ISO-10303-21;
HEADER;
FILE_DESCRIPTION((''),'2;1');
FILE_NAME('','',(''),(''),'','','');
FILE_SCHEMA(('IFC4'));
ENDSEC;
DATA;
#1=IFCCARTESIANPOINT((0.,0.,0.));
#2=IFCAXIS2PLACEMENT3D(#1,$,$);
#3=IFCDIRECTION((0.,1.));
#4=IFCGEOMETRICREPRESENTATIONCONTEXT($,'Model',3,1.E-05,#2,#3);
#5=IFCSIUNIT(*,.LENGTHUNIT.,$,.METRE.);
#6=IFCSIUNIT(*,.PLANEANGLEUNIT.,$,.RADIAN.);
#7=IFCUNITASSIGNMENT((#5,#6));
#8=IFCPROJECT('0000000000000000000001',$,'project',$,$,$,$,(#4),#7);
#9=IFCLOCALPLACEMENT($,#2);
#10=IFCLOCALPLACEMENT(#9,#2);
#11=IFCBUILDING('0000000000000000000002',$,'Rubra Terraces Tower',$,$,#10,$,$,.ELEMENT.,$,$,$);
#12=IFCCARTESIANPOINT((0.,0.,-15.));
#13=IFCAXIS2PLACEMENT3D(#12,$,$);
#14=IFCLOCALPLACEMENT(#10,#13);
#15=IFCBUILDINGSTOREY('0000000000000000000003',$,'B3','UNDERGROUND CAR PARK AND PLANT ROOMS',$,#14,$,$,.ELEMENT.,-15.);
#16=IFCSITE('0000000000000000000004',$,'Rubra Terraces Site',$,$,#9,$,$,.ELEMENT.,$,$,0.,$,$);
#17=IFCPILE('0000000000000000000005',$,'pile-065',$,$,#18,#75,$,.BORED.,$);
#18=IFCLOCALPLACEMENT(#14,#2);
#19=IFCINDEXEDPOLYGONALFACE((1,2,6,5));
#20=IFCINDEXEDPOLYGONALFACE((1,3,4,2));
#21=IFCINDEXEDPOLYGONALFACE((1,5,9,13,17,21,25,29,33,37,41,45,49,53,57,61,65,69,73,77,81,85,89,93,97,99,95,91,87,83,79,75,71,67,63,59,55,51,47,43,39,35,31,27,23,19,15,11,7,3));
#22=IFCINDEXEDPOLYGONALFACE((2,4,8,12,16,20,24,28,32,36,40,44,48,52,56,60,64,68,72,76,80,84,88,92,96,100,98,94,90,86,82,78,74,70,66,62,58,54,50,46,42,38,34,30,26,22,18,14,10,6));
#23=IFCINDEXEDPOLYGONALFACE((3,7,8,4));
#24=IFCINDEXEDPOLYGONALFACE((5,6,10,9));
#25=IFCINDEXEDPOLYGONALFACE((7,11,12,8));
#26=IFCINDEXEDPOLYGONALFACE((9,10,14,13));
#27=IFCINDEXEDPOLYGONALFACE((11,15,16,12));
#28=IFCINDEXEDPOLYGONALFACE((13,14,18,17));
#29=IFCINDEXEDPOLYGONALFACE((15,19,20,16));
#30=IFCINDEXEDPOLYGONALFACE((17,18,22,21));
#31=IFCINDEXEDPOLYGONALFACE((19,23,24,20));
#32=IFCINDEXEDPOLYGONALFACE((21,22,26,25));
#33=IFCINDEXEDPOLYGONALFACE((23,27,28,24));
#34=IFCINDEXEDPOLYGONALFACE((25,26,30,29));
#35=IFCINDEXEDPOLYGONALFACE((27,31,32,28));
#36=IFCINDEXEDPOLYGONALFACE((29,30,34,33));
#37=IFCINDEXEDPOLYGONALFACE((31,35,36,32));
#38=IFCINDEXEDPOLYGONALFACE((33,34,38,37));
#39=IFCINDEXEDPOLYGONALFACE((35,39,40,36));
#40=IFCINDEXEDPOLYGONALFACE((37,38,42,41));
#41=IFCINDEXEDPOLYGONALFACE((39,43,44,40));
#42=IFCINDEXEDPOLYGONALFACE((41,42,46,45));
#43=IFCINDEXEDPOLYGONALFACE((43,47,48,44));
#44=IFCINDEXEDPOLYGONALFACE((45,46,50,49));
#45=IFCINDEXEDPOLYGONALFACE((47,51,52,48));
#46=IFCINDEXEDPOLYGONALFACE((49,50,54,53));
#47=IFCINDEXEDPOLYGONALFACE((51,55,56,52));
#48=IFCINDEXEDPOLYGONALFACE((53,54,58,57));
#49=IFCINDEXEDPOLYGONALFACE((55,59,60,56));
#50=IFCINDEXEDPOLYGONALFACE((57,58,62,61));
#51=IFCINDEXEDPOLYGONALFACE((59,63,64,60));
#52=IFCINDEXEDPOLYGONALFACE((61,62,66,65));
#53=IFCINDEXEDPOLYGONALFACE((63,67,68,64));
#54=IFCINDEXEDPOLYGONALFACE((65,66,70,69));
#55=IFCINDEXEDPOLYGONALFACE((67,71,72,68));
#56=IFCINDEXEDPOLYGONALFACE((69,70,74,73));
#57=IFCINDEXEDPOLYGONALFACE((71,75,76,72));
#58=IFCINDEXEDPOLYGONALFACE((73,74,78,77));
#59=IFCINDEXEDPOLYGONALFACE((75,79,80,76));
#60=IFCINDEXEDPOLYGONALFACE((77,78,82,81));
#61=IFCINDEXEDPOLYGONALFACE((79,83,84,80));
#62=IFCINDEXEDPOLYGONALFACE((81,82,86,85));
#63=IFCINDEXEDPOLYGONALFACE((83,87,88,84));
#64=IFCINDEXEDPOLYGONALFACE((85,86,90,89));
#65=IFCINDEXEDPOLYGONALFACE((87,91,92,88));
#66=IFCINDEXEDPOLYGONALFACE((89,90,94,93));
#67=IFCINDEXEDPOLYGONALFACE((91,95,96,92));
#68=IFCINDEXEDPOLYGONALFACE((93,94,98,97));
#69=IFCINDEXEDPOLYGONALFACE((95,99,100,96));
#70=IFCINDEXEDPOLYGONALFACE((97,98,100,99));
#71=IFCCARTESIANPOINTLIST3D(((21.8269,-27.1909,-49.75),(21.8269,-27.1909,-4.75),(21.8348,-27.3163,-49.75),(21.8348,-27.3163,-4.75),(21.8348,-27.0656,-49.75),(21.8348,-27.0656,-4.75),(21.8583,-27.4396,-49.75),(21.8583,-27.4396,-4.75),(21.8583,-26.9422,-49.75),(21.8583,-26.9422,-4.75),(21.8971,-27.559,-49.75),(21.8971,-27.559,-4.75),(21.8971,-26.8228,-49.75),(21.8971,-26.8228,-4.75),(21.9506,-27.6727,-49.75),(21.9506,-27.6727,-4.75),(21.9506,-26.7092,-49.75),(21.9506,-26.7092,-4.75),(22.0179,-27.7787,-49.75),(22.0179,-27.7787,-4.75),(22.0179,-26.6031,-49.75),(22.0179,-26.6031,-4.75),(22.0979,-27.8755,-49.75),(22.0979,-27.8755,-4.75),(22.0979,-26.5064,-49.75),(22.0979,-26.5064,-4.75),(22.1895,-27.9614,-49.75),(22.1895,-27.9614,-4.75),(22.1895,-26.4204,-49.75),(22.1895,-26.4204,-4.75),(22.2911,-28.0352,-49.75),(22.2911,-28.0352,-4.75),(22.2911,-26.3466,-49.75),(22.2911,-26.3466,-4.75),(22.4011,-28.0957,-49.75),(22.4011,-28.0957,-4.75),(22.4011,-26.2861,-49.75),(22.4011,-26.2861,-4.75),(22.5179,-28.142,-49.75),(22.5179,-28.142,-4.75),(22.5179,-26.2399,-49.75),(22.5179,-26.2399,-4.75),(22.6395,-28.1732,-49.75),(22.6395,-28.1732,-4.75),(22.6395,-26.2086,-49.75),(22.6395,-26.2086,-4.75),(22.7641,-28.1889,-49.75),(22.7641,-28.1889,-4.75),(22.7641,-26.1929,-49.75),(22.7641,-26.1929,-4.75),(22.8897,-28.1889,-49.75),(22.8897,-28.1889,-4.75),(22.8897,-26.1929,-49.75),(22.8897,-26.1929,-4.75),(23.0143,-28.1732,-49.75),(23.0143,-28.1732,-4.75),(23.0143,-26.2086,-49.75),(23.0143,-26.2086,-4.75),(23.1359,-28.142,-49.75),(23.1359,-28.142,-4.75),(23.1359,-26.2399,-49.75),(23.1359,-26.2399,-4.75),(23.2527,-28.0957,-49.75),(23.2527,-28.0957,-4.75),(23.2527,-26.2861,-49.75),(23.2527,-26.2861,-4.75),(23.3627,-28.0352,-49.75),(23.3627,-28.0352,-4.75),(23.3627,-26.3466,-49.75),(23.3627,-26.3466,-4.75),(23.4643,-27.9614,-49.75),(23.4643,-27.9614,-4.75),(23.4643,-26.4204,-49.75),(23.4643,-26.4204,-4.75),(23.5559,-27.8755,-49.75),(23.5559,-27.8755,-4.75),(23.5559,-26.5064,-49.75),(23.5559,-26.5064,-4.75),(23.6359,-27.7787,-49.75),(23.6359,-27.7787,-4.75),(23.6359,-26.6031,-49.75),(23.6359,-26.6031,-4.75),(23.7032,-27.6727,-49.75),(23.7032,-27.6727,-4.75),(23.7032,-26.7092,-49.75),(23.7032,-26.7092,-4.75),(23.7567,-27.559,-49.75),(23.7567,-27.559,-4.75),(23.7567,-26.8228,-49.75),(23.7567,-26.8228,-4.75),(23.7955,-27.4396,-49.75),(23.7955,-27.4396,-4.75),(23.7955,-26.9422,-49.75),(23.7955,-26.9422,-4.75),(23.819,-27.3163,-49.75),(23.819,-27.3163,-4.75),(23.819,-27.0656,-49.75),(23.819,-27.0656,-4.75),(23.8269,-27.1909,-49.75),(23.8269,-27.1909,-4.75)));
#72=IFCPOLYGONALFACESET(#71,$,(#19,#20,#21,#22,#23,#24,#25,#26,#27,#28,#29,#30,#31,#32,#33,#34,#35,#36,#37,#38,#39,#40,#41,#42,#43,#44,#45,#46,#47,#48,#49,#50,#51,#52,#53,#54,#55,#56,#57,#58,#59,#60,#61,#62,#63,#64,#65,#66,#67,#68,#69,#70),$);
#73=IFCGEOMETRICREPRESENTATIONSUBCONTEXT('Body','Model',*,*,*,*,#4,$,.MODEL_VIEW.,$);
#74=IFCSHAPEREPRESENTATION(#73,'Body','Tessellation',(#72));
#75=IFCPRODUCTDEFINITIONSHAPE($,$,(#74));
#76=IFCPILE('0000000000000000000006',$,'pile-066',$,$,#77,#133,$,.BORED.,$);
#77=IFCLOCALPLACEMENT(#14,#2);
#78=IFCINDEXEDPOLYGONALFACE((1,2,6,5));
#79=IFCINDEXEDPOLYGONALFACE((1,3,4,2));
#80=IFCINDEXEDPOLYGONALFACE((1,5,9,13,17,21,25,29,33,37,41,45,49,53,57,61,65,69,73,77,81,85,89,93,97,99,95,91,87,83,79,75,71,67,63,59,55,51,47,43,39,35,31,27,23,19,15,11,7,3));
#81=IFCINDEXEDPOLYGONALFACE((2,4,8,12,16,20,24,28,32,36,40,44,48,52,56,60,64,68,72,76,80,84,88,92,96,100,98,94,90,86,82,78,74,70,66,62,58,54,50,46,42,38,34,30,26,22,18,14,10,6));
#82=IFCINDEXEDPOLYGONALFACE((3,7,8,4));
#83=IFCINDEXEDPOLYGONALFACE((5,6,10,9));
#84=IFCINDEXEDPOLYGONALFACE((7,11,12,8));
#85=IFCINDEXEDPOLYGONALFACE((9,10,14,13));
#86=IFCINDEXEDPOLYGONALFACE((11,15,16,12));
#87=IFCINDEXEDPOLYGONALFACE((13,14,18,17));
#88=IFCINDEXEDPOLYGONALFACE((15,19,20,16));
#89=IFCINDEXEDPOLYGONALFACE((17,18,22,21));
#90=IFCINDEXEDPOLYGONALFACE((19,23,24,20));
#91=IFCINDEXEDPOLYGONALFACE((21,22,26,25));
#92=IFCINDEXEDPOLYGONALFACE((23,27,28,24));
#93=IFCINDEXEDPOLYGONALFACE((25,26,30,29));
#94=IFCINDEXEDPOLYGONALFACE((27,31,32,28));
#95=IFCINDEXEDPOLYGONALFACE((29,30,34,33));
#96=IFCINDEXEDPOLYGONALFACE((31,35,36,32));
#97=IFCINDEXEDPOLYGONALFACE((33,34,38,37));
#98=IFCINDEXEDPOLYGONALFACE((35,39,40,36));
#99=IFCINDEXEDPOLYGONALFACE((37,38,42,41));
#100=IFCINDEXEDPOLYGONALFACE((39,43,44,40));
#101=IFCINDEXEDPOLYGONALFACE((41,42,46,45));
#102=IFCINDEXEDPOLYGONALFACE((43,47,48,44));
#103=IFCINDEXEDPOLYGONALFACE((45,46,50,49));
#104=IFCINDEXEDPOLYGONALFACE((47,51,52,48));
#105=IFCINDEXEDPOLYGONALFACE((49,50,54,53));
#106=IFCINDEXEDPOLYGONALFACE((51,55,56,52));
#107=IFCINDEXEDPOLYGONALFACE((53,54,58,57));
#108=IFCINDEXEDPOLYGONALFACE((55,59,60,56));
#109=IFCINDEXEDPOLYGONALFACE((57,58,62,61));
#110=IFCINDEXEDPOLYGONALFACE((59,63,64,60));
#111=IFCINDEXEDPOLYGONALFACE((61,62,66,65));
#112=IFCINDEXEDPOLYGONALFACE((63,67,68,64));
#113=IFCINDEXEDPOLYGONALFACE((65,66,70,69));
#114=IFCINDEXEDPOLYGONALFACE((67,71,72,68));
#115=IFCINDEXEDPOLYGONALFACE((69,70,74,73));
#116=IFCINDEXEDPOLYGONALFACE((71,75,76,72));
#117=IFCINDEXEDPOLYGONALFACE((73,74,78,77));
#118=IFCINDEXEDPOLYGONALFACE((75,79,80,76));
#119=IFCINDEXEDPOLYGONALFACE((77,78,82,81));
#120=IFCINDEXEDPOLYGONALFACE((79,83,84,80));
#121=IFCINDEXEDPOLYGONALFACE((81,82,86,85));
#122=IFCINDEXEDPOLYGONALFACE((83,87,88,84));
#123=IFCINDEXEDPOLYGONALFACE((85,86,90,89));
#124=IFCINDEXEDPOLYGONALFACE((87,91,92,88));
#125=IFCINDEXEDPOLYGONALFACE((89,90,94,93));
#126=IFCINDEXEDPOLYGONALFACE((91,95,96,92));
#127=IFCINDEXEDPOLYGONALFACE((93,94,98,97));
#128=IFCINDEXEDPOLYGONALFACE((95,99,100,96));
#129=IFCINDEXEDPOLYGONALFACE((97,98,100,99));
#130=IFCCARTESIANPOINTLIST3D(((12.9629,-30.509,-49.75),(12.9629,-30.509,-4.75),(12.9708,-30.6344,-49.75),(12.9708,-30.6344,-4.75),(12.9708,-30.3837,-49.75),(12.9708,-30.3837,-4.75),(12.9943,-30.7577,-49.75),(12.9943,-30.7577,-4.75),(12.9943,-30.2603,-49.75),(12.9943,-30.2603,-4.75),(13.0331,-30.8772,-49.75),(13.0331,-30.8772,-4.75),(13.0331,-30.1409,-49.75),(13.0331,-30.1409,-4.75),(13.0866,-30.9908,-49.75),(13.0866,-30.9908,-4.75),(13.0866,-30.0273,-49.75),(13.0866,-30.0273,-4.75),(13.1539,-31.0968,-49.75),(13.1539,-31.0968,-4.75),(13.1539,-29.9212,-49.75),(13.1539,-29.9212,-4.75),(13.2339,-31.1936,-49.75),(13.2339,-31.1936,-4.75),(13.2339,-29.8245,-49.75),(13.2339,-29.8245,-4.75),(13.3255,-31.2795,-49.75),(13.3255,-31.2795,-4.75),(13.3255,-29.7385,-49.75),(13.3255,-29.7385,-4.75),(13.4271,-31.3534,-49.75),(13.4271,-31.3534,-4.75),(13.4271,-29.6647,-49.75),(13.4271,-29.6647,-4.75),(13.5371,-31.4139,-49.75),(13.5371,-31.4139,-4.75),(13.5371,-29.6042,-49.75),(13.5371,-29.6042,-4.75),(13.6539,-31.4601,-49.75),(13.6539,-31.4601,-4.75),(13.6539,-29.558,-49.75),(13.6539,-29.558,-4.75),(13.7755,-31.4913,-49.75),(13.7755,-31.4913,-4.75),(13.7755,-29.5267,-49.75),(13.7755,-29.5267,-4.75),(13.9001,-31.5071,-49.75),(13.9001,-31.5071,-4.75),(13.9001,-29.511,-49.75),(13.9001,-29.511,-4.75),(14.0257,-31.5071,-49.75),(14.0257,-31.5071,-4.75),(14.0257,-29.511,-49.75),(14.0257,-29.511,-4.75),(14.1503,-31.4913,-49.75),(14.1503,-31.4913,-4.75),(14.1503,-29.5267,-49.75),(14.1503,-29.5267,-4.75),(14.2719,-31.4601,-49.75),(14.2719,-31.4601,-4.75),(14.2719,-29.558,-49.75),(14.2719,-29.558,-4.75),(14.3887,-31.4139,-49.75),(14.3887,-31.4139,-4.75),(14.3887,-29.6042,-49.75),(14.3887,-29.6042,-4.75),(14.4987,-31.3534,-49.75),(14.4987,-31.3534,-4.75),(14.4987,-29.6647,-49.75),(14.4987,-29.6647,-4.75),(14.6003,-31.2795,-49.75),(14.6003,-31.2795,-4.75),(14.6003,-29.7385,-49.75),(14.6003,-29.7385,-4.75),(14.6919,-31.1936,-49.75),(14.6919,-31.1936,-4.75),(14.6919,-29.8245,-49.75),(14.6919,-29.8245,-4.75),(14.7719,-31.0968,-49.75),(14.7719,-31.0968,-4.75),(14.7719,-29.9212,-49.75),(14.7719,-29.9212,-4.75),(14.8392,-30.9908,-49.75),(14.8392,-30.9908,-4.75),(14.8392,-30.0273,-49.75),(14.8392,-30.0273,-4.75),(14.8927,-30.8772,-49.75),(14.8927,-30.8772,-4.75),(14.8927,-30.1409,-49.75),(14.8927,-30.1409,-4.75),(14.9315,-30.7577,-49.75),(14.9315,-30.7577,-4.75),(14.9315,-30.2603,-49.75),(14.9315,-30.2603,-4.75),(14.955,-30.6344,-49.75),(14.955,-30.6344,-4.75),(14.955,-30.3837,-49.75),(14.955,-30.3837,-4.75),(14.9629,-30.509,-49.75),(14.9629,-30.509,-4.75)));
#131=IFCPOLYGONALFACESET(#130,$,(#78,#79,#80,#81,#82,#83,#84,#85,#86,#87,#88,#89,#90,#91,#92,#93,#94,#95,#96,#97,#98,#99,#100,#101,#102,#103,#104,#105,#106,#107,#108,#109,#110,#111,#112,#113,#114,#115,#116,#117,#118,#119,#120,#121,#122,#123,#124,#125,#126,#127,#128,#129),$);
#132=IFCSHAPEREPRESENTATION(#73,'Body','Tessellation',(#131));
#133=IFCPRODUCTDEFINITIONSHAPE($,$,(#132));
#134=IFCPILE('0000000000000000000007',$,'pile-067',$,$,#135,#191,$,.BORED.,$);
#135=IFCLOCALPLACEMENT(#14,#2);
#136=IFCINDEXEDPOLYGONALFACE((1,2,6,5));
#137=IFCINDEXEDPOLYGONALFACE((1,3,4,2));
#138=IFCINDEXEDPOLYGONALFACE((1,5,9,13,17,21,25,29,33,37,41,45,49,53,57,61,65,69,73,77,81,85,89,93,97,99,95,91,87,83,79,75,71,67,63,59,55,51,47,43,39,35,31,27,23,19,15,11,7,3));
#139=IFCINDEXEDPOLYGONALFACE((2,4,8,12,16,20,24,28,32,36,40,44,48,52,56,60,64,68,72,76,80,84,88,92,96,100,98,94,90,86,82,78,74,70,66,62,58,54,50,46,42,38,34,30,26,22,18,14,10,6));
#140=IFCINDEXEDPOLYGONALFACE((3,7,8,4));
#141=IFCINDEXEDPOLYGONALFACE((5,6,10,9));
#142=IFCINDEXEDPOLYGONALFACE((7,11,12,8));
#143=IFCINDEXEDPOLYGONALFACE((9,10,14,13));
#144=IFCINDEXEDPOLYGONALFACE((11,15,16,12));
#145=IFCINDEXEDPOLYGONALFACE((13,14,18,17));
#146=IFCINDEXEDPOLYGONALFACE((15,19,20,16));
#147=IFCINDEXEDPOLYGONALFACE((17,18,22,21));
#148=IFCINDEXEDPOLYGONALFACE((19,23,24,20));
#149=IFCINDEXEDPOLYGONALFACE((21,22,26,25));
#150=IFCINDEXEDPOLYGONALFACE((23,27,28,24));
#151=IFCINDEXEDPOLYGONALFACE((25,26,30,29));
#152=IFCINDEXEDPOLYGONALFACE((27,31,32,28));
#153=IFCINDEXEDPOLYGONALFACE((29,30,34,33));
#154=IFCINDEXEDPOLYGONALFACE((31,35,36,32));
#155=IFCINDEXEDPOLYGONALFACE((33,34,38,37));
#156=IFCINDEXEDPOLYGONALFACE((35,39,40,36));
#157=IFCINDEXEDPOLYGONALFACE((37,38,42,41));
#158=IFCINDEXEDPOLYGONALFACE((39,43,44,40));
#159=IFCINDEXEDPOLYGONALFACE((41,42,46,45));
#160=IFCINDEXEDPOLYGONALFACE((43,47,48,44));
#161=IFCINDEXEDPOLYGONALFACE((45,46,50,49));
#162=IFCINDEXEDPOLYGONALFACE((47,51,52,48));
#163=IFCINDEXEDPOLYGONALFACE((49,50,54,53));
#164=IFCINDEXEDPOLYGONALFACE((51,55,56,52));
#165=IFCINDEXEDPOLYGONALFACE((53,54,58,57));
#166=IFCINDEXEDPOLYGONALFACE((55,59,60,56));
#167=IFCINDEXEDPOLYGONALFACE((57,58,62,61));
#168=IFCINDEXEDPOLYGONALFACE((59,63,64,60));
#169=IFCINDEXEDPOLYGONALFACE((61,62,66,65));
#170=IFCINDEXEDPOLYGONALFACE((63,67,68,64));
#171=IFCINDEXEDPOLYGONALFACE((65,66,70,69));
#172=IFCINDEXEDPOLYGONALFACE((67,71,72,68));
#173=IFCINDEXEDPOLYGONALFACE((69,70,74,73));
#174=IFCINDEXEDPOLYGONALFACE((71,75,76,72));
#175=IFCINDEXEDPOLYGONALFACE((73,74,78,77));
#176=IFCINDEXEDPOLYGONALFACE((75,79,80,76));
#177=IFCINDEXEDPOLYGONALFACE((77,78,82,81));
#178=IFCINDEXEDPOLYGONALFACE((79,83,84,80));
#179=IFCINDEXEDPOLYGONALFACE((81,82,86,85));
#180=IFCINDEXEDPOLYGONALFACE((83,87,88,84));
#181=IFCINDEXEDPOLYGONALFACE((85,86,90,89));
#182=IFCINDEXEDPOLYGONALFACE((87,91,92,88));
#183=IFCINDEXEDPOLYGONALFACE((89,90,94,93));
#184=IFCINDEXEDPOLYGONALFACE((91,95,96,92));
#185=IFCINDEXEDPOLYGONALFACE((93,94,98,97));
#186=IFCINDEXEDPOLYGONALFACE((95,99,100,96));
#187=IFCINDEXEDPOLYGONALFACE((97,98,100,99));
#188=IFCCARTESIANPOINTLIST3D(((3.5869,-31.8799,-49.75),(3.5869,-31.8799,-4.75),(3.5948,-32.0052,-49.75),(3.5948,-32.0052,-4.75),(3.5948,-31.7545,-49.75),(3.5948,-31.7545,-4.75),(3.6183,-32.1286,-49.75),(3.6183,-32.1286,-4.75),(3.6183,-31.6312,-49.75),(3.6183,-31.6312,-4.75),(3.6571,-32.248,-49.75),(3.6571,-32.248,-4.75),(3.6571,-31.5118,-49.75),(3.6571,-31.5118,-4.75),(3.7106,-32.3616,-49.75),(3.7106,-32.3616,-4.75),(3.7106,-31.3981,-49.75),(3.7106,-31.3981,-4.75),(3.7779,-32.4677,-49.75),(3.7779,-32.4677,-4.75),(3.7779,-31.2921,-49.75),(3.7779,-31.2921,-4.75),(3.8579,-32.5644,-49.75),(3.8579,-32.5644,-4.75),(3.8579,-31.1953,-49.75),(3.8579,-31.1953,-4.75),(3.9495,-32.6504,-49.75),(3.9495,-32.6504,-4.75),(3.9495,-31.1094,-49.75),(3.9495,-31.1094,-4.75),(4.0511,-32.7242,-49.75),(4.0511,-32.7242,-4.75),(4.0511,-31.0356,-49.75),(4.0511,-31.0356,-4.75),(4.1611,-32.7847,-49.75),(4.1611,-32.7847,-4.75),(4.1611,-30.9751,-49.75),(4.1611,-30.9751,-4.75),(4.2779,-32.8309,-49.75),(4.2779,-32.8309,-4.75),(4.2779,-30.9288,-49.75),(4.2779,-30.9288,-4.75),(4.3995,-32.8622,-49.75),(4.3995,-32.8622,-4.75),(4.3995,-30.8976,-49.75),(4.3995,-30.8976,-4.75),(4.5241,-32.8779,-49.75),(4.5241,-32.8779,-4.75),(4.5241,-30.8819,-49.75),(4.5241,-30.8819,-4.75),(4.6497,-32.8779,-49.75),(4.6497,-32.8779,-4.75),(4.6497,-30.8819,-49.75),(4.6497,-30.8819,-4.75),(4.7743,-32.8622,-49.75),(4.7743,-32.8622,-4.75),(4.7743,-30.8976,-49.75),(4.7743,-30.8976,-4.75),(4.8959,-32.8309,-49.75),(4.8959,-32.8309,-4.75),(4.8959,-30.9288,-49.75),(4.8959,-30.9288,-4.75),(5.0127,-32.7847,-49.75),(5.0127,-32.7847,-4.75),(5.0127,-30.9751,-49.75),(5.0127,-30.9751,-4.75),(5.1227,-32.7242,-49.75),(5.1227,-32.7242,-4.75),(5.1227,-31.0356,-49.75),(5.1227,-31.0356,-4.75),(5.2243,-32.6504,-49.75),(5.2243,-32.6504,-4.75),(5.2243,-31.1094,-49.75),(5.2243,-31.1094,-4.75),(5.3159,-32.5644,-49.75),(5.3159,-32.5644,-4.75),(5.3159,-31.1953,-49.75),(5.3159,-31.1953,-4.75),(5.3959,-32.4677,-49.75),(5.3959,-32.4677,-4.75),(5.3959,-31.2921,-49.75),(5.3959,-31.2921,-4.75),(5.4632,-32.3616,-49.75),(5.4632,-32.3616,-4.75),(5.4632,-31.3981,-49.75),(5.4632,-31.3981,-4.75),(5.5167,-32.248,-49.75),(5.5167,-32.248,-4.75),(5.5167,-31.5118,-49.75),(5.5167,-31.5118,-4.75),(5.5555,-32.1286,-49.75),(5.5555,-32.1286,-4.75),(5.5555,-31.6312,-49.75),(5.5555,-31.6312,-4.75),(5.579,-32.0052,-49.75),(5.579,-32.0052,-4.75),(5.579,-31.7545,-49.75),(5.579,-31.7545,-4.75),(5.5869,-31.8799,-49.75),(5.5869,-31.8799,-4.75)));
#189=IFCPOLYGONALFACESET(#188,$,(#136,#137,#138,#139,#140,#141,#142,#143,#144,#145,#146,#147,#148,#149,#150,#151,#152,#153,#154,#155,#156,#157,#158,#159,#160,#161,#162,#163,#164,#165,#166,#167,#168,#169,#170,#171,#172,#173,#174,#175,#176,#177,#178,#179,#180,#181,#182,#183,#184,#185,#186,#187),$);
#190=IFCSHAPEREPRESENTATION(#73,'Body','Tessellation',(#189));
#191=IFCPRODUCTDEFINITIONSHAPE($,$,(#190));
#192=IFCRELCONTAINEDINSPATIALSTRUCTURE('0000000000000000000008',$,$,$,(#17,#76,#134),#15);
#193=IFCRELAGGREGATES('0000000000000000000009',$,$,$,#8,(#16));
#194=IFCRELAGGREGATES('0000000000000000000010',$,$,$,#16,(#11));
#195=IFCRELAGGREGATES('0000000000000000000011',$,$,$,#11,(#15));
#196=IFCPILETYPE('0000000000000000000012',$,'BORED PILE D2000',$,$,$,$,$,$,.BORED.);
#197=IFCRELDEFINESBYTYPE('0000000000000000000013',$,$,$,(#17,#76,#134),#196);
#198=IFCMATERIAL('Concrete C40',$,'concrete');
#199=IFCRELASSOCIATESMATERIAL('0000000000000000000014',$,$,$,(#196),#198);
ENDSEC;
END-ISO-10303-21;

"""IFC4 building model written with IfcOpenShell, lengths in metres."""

from ifc_helpers import new_model, si_unit, direction, frame, origin, origin_2d, place, context, subcontext, project, spatial, circle, extrude, material, material_profile, profile_set, type_object, element, save


model = new_model("IFC4")

# Units and contexts
model_context = context("Model", 3, precision=1e-05, world=origin(), true_north=direction((0.0, 1.0)))
body_context = subcontext(model_context, "Body", "Model", "MODEL_VIEW")
ifc_project = project(units=[si_unit("LENGTHUNIT", "METRE"), si_unit("PLANEANGLEUNIT", "RADIAN")], contexts=[model_context])

# Site, building, storey
site_placement = place(None, origin())
site = spatial("IfcSite", under=ifc_project, at=site_placement, Name="Rubra Terraces Site", CompositionType="ELEMENT", RefElevation=0.0)
building_placement = place(site_placement, origin())
building = spatial("IfcBuilding", under=site, at=building_placement, Name="Rubra Terraces Tower", CompositionType="ELEMENT")
storey_placement = place(building_placement, frame((0.0, 0.0, -15.0)))
storey = spatial("IfcBuildingStorey", under=building, at=storey_placement, Name="B3", Description="UNDERGROUND CAR PARK AND PLANT ROOMS", CompositionType="ELEMENT", Elevation=-15.0)

# Piles
ifc_material_1 = material(Name="Concrete C40", Category="concrete")
ifc_material_profile_1 = material_profile(ifc_material_1, circle(Radius=1.0, at=origin_2d()), Name="BORED PILE D2000")
ifc_profile_set_1 = profile_set([ifc_material_profile_1], Name="Concrete C40")
pile_type = type_object("IfcPileType", Name="BORED PILE D2000", PredefinedType="BORED", material=ifc_profile_set_1)
for number, where, z_axis, x_axis, name in (
    (1, (22.8269, -27.1909, -4.75), (0.0, 0.0, -1.0), (1.0, 0.0, 0.0), "pile-065"),
    (2, (13.9629, -30.509, -4.75), (0.0, 0.0, -1.0), (1.0, 0.0, 0.0), "pile-066"),
    (3, (4.5869, -31.8799, -4.75), (0.0, 0.0, -1.0), (1.0, 0.0, 0.0), "pile-067"),
):
    element("IfcPile", number, at=place(storey_placement, frame(where, z_axis=z_axis, x_axis=x_axis)), inside=storey, type_object=pile_type, Name=name, PredefinedType="BORED", context=body_context, shape_type="SweptSolid", body=[
        extrude(circle(Radius=1.0, at=origin_2d()), origin(), (0.0, 0.0, 1.0), 45.0),
    ])

save(model, "model.ifc")
